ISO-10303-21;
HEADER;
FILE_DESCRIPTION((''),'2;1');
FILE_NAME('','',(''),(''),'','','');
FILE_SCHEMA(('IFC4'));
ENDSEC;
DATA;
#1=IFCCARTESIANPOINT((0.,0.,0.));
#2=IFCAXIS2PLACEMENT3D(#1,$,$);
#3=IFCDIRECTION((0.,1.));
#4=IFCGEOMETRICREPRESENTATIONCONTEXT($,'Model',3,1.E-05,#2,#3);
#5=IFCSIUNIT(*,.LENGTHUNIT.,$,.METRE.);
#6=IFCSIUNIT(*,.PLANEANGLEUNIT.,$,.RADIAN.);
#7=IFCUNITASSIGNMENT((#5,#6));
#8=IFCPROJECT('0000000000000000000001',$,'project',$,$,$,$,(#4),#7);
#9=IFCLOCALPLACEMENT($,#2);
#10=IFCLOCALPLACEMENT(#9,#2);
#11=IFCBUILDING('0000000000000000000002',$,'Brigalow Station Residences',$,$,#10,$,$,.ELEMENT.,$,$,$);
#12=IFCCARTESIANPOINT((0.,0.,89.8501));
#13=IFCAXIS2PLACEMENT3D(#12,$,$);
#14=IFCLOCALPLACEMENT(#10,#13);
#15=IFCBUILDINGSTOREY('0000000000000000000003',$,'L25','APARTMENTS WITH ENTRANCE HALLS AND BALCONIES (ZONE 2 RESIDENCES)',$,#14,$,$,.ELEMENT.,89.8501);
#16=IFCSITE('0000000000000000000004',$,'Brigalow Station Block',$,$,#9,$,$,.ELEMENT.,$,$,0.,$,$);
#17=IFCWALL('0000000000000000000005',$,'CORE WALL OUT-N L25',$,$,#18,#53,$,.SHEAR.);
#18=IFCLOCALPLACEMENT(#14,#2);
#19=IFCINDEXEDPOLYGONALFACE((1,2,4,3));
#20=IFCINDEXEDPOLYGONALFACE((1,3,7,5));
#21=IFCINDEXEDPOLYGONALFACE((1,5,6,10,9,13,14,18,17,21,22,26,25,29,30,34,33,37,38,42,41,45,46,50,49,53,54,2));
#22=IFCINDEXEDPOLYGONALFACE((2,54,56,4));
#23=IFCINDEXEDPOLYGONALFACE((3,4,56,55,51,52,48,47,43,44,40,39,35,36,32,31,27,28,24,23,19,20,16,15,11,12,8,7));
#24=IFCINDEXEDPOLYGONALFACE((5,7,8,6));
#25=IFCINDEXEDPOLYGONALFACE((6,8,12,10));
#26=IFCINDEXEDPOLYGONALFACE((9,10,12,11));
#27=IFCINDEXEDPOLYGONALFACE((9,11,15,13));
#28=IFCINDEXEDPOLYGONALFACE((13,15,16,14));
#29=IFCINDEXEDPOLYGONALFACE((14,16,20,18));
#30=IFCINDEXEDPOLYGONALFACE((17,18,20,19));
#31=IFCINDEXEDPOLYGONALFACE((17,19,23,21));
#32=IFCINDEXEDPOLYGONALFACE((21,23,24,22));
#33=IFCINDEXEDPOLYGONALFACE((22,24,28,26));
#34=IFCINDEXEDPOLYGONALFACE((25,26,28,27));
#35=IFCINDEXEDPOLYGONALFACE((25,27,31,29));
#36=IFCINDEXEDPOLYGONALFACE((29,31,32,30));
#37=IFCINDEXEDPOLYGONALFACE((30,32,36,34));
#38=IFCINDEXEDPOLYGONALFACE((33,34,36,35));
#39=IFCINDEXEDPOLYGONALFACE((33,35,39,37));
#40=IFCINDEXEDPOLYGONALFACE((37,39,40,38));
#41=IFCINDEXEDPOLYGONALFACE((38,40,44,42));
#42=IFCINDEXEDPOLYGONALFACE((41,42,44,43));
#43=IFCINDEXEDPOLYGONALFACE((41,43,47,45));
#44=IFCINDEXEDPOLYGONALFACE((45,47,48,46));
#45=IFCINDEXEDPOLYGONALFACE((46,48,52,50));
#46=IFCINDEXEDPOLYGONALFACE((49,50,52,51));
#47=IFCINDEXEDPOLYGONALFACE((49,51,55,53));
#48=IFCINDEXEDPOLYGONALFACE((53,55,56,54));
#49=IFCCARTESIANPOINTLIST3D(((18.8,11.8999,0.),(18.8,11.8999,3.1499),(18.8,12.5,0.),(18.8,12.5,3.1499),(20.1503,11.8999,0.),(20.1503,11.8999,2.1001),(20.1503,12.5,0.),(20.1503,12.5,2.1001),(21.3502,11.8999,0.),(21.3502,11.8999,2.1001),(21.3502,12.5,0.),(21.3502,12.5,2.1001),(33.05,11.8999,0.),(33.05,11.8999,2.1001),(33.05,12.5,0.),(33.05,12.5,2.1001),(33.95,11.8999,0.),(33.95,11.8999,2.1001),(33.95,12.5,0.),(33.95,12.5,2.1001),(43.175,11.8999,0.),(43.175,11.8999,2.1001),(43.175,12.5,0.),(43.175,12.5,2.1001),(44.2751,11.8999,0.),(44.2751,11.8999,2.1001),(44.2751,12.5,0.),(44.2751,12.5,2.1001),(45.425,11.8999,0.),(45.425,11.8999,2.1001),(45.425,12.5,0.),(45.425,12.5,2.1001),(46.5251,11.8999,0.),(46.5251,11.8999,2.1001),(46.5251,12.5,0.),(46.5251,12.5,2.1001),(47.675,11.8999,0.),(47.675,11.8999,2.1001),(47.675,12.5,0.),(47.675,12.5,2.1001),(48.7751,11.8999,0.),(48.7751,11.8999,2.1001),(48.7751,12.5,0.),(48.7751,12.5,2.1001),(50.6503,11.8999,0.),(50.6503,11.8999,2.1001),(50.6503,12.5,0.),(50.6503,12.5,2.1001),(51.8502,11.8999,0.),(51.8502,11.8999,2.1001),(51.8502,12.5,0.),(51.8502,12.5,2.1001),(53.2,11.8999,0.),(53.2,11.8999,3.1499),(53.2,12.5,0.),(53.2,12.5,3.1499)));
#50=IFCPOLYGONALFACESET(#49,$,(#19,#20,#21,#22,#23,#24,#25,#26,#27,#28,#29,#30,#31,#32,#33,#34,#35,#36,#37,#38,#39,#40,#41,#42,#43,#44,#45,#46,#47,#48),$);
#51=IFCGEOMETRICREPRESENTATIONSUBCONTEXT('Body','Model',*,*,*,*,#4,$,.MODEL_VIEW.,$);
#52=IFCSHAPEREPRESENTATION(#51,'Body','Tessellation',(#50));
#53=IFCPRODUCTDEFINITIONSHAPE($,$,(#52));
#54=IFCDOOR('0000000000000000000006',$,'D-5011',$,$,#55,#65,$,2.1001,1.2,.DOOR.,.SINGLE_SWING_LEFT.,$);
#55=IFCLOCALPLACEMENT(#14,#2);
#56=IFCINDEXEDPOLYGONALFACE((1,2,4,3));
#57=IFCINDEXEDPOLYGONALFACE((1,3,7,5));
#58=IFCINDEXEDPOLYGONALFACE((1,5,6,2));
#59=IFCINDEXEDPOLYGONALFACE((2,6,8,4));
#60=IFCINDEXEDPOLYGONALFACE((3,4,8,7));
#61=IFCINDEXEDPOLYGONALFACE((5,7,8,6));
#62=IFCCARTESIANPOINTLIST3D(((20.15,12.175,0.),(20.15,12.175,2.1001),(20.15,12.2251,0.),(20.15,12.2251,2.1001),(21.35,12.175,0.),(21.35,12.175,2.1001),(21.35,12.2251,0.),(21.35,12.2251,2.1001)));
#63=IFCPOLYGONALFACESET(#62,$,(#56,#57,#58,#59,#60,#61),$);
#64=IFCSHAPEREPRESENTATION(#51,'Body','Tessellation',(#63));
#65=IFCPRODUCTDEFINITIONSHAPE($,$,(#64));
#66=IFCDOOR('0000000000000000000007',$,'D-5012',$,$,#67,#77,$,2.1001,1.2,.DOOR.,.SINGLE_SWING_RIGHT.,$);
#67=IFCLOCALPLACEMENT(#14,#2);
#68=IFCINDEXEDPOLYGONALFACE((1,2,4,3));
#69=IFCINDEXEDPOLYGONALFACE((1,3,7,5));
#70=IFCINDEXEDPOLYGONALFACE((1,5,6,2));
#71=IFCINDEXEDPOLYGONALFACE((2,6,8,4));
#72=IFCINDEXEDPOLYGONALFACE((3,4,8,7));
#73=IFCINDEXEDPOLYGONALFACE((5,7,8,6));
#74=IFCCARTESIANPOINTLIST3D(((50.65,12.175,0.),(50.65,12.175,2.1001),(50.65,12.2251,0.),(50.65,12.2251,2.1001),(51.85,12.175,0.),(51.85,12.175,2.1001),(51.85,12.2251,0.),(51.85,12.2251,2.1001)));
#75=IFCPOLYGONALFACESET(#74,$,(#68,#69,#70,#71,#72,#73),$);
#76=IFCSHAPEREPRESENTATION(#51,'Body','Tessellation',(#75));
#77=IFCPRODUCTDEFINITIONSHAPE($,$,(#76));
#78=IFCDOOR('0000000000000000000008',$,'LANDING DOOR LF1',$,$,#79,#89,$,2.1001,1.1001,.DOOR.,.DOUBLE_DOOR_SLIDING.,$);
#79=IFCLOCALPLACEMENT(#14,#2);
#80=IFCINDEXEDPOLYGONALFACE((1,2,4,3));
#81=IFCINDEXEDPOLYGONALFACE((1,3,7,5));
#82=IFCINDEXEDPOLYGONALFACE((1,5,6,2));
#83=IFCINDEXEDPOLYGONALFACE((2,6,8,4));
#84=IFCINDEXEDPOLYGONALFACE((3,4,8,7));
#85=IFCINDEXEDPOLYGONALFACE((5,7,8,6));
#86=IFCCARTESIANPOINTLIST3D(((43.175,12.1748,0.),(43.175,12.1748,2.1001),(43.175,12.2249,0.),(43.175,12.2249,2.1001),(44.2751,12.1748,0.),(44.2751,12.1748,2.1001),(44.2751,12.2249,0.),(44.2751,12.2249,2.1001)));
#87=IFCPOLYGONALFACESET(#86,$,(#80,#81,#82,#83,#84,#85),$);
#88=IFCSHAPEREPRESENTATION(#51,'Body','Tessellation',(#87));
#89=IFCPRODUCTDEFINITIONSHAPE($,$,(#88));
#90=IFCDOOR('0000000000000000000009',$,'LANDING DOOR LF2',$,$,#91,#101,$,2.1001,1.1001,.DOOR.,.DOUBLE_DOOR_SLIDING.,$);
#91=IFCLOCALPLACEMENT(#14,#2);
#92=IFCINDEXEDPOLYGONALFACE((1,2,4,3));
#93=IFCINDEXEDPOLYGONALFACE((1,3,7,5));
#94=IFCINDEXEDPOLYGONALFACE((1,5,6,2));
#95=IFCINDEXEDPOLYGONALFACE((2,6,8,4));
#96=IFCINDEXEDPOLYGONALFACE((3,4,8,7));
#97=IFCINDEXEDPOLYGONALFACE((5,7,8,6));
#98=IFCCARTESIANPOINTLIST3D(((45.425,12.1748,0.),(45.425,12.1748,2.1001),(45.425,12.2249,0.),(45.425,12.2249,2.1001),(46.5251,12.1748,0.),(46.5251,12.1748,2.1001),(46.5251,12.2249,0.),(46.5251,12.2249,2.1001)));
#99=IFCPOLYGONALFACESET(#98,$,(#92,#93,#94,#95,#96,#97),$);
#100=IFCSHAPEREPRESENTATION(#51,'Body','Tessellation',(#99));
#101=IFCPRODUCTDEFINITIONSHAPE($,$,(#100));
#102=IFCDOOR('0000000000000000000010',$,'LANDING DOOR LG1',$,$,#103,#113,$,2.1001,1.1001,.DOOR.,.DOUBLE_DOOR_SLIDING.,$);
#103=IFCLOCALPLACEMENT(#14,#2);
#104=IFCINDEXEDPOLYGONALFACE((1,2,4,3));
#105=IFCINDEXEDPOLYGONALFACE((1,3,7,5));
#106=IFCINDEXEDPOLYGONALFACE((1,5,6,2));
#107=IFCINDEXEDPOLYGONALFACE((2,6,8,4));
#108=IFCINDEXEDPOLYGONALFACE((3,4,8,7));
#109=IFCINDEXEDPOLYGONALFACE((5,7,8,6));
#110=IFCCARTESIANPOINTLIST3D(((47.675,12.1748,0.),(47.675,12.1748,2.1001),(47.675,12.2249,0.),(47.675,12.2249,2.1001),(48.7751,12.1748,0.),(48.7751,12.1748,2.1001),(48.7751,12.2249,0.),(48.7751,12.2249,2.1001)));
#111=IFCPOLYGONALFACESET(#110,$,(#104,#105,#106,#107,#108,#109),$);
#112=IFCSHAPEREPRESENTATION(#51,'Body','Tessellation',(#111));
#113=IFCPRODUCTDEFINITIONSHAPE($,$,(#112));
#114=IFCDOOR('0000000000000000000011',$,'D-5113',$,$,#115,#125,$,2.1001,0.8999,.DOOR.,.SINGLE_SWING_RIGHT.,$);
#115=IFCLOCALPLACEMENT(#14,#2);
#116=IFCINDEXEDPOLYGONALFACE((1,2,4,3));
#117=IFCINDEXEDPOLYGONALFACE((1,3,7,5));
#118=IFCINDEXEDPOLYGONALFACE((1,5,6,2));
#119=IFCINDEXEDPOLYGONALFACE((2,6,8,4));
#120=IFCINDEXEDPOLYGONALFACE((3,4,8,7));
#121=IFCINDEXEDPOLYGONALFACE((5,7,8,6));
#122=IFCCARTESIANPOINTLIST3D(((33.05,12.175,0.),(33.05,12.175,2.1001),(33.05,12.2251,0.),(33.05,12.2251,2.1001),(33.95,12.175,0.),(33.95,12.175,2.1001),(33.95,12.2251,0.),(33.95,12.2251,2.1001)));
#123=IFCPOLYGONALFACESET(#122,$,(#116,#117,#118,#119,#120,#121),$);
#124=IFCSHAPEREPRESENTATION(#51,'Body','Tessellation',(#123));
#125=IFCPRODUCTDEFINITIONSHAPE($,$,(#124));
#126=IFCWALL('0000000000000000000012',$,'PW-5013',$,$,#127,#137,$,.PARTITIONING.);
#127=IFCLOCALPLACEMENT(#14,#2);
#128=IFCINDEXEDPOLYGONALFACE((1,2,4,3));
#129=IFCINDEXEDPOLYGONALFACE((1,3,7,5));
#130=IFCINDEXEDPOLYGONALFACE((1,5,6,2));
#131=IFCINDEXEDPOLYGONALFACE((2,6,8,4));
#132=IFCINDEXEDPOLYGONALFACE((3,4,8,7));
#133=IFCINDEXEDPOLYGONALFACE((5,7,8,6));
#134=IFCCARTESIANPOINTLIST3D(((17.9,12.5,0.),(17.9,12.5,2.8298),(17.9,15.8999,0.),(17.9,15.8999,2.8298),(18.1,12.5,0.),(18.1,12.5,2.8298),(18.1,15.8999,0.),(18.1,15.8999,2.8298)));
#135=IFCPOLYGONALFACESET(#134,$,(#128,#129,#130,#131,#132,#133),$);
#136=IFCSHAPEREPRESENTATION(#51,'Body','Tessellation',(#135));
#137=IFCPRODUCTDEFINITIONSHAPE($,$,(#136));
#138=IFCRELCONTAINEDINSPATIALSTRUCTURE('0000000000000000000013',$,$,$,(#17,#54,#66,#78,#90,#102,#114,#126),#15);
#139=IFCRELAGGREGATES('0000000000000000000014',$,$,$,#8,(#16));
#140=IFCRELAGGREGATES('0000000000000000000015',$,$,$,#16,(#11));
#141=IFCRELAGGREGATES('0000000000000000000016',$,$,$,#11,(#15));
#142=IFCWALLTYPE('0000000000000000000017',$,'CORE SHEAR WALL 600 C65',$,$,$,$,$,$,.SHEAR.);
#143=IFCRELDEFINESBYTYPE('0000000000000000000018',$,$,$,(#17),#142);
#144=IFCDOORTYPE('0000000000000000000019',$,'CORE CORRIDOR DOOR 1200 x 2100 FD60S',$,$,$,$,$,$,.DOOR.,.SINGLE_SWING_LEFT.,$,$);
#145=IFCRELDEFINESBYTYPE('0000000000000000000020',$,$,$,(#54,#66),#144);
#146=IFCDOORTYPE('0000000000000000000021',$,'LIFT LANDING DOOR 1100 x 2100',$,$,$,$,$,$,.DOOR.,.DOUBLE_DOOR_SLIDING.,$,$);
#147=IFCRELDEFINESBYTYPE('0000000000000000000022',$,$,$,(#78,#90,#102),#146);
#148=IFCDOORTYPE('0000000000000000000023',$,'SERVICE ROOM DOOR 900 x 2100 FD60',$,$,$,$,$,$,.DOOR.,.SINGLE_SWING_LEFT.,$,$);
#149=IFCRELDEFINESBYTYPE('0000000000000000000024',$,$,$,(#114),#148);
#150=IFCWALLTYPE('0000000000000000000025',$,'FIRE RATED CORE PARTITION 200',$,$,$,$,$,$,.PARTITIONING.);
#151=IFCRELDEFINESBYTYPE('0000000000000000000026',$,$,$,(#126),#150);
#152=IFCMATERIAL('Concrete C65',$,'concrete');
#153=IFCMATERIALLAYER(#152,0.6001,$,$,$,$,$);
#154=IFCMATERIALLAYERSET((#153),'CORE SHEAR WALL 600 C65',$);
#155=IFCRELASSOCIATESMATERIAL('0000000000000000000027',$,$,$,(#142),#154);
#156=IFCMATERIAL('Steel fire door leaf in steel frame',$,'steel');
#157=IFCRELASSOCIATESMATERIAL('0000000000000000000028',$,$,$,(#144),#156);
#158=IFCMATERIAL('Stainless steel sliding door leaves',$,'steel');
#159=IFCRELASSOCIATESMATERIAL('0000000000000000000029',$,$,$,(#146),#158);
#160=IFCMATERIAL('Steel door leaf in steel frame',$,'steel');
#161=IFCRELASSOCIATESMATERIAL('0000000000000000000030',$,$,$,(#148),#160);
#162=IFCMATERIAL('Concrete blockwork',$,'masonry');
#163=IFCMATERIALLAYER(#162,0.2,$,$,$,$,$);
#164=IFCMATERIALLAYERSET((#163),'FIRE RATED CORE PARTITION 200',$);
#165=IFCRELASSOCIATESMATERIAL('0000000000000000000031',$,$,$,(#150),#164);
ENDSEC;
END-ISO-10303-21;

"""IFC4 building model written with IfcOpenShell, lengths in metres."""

from ifc_helpers import new_model, si_unit, direction, frame, frame_2d, origin, place, context, subcontext, project, spatial, rectangle, extrude, material, layer, layer_set, type_object, element, fill, save


model = new_model("IFC4")

# Units and contexts
model_context = context("Model", 3, precision=1e-05, world=origin(), true_north=direction((0.0, 1.0)))
body_context = subcontext(model_context, "Body", "Model", "MODEL_VIEW")
ifc_project = project(units=[si_unit("LENGTHUNIT", "METRE"), si_unit("PLANEANGLEUNIT", "RADIAN")], contexts=[model_context])

# Site, building, storey
site_placement = place(None, origin())
site = spatial("IfcSite", under=ifc_project, at=site_placement, Name="Brigalow Station Block", CompositionType="ELEMENT", RefElevation=0.0)
building_placement = place(site_placement, origin())
building = spatial("IfcBuilding", under=site, at=building_placement, Name="Brigalow Station Residences", CompositionType="ELEMENT")
storey_placement = place(building_placement, frame((0.0, 0.0, 89.8501)))
storey = spatial("IfcBuildingStorey", under=building, at=storey_placement, Name="L25", Description="APARTMENTS WITH ENTRANCE HALLS AND BALCONIES (ZONE 2 RESIDENCES)", CompositionType="ELEMENT", Elevation=89.8501)

# Wall, openings, doors
ifc_material_1 = material(Name="Concrete C65", Category="concrete")
ifc_layer_1 = layer(ifc_material_1, 0.6001)
ifc_layer_set_1 = layer_set([ifc_layer_1], Name="CORE SHEAR WALL 600 C65")
wall_type_1 = type_object("IfcWallType", Name="CORE SHEAR WALL 600 C65", PredefinedType="SHEAR", material=ifc_layer_set_1)
wall_1_placement = place(storey_placement, frame((18.8, 12.2, 0.0), z_axis=(0.0, 0.0, 1.0), x_axis=(1.0, 0.0, 0.0)))
wall_1 = element("IfcWall", 1, at=wall_1_placement, inside=storey, type_object=wall_type_1, Name="CORE WALL OUT-N L25", PredefinedType="SHEAR", context=body_context, shape_type="SweptSolid", body=[
    extrude(rectangle(XDim=34.3999, YDim=0.6001, at=frame_2d((17.2, 0.0))), origin(), (0.0, 0.0, 1.0), 3.1499),
])
opening_1_placement = place(wall_1_placement, frame((24.375, 0.0, 0.0)))
opening_1 = element("IfcOpeningElement", 2, at=opening_1_placement, cuts=wall_1, PredefinedType="OPENING", context=body_context, shape_type="SweptSolid", body=[
    extrude(rectangle(XDim=1.1001, YDim=2.1001, at=frame_2d((0.55, 1.05))), frame((0.0, 0.3101, 0.0), z_axis=(0.0, -1.0, 0.0), x_axis=(1.0, 0.0, 0.0)), (0.0, 0.0, 1.0), 0.6201),
])
opening_2_placement = place(wall_1_placement, frame((26.625, 0.0, 0.0)))
opening_2 = element("IfcOpeningElement", 3, at=opening_2_placement, cuts=wall_1, PredefinedType="OPENING", context=body_context, shape_type="SweptSolid", body=[
    extrude(rectangle(XDim=1.1001, YDim=2.1001, at=frame_2d((0.55, 1.05))), frame((0.0, 0.3101, 0.0), z_axis=(0.0, -1.0, 0.0), x_axis=(1.0, 0.0, 0.0)), (0.0, 0.0, 1.0), 0.6201),
])
opening_3_placement = place(wall_1_placement, frame((28.875, 0.0, 0.0)))
opening_3 = element("IfcOpeningElement", 4, at=opening_3_placement, cuts=wall_1, PredefinedType="OPENING", context=body_context, shape_type="SweptSolid", body=[
    extrude(rectangle(XDim=1.1001, YDim=2.1001, at=frame_2d((0.55, 1.05))), frame((0.0, 0.3101, 0.0), z_axis=(0.0, -1.0, 0.0), x_axis=(1.0, 0.0, 0.0)), (0.0, 0.0, 1.0), 0.6201),
])
opening_4_placement = place(wall_1_placement, frame((14.25, 0.0, 0.0)))
opening_4 = element("IfcOpeningElement", 5, at=opening_4_placement, cuts=wall_1, PredefinedType="OPENING", context=body_context, shape_type="SweptSolid", body=[
    extrude(rectangle(XDim=0.8999, YDim=2.1001, at=frame_2d((0.45, 1.05))), frame((0.0, 0.3101, 0.0), z_axis=(0.0, -1.0, 0.0), x_axis=(1.0, 0.0, 0.0)), (0.0, 0.0, 1.0), 0.6201),
])
opening_5_placement = place(wall_1_placement, frame((1.3501, 0.0, 0.0)))
opening_5 = element("IfcOpeningElement", 6, at=opening_5_placement, cuts=wall_1, PredefinedType="OPENING", context=body_context, shape_type="SweptSolid", body=[
    extrude(rectangle(XDim=1.2, YDim=2.1001, at=frame_2d((0.6001, 1.05))), frame((0.0, 0.3101, 0.0), z_axis=(0.0, -1.0, 0.0), x_axis=(1.0, 0.0, 0.0)), (0.0, 0.0, 1.0), 0.6201),
])
opening_6_placement = place(wall_1_placement, frame((31.8501, 0.0, 0.0)))
opening_6 = element("IfcOpeningElement", 7, at=opening_6_placement, cuts=wall_1, PredefinedType="OPENING", context=body_context, shape_type="SweptSolid", body=[
    extrude(rectangle(XDim=1.2, YDim=2.1001, at=frame_2d((0.6001, 1.05))), frame((0.0, 0.3101, 0.0), z_axis=(0.0, -1.0, 0.0), x_axis=(1.0, 0.0, 0.0)), (0.0, 0.0, 1.0), 0.6201),
])
ifc_material_2 = material(Name="Steel fire door leaf in steel frame", Category="steel")
door_type_1 = type_object("IfcDoorType", Name="CORE CORRIDOR DOOR 1200 x 2100 FD60S", OperationType="SINGLE_SWING_LEFT", PredefinedType="DOOR", material=ifc_material_2)
door_1_placement = place(opening_5_placement, frame((1.2, 0.0, 0.0), z_axis=(0.0, 0.0, 1.0), x_axis=(-1.0, 0.0, 0.0)))
door_1 = element("IfcDoor", 8, at=door_1_placement, inside=storey, type_object=door_type_1, Name="D-5011", OperationType="SINGLE_SWING_LEFT", OverallHeight=2.1001, OverallWidth=1.2, PredefinedType="DOOR", context=body_context, shape_type="SweptSolid", body=[
    extrude(rectangle(XDim=1.2, YDim=2.1001, at=frame_2d((0.6001, 1.05))), frame((0.0, 0.0249, 0.0), z_axis=(0.0, -1.0, 0.0), x_axis=(1.0, 0.0, 0.0)), (0.0, 0.0, 1.0), 0.05),
])
fill(opening_5, door_1)
door_2_placement = place(opening_6_placement, frame((1.2, 0.0, 0.0), z_axis=(0.0, 0.0, 1.0), x_axis=(-1.0, 0.0, 0.0)))
door_2 = element("IfcDoor", 9, at=door_2_placement, inside=storey, type_object=door_type_1, Name="D-5012", OperationType="SINGLE_SWING_RIGHT", OverallHeight=2.1001, OverallWidth=1.2, PredefinedType="DOOR", context=body_context, shape_type="SweptSolid", body=[
    extrude(rectangle(XDim=1.2, YDim=2.1001, at=frame_2d((0.6001, 1.05))), frame((0.0, 0.0249, 0.0), z_axis=(0.0, -1.0, 0.0), x_axis=(1.0, 0.0, 0.0)), (0.0, 0.0, 1.0), 0.05),
])
fill(opening_6, door_2)
ifc_material_3 = material(Name="Stainless steel sliding door leaves", Category="steel")
door_type_2 = type_object("IfcDoorType", Name="LIFT LANDING DOOR 1100 x 2100", OperationType="DOUBLE_DOOR_SLIDING", PredefinedType="DOOR", material=ifc_material_3)
door_3_placement = place(opening_1_placement, origin())
door_3 = element("IfcDoor", 10, at=door_3_placement, inside=storey, type_object=door_type_2, Name="LANDING DOOR LF1", OperationType="DOUBLE_DOOR_SLIDING", OverallHeight=2.1001, OverallWidth=1.1001, PredefinedType="DOOR", context=body_context, shape_type="SweptSolid", body=[
    extrude(rectangle(XDim=1.1001, YDim=2.1001, at=frame_2d((0.55, 1.05))), frame((0.0, 0.0249, 0.0), z_axis=(0.0, -1.0, 0.0), x_axis=(1.0, 0.0, 0.0)), (0.0, 0.0, 1.0), 0.05),
])
fill(opening_1, door_3)
door_4_placement = place(opening_2_placement, origin())
door_4 = element("IfcDoor", 11, at=door_4_placement, inside=storey, type_object=door_type_2, Name="LANDING DOOR LF2", OperationType="DOUBLE_DOOR_SLIDING", OverallHeight=2.1001, OverallWidth=1.1001, PredefinedType="DOOR", context=body_context, shape_type="SweptSolid", body=[
    extrude(rectangle(XDim=1.1001, YDim=2.1001, at=frame_2d((0.55, 1.05))), frame((0.0, 0.0249, 0.0), z_axis=(0.0, -1.0, 0.0), x_axis=(1.0, 0.0, 0.0)), (0.0, 0.0, 1.0), 0.05),
])
fill(opening_2, door_4)
door_5_placement = place(opening_3_placement, origin())
door_5 = element("IfcDoor", 12, at=door_5_placement, inside=storey, type_object=door_type_2, Name="LANDING DOOR LG1", OperationType="DOUBLE_DOOR_SLIDING", OverallHeight=2.1001, OverallWidth=1.1001, PredefinedType="DOOR", context=body_context, shape_type="SweptSolid", body=[
    extrude(rectangle(XDim=1.1001, YDim=2.1001, at=frame_2d((0.55, 1.05))), frame((0.0, 0.0249, 0.0), z_axis=(0.0, -1.0, 0.0), x_axis=(1.0, 0.0, 0.0)), (0.0, 0.0, 1.0), 0.05),
])
fill(opening_3, door_5)
ifc_material_4 = material(Name="Steel door leaf in steel frame", Category="steel")
door_type_3 = type_object("IfcDoorType", Name="SERVICE ROOM DOOR 900 x 2100 FD60", OperationType="SINGLE_SWING_LEFT", PredefinedType="DOOR", material=ifc_material_4)
door_6_placement = place(opening_4_placement, frame((0.8999, 0.0, 0.0), z_axis=(0.0, 0.0, 1.0), x_axis=(-1.0, 0.0, 0.0)))
door_6 = element("IfcDoor", 13, at=door_6_placement, inside=storey, type_object=door_type_3, Name="D-5113", OperationType="SINGLE_SWING_RIGHT", OverallHeight=2.1001, OverallWidth=0.8999, PredefinedType="DOOR", context=body_context, shape_type="SweptSolid", body=[
    extrude(rectangle(XDim=0.8999, YDim=2.1001, at=frame_2d((0.45, 1.05))), frame((0.0, 0.0249, 0.0), z_axis=(0.0, -1.0, 0.0), x_axis=(1.0, 0.0, 0.0)), (0.0, 0.0, 1.0), 0.05),
])
fill(opening_4, door_6)

# Wall
ifc_material_5 = material(Name="Concrete blockwork", Category="masonry")
ifc_layer_2 = layer(ifc_material_5, 0.2)
ifc_layer_set_2 = layer_set([ifc_layer_2], Name="FIRE RATED CORE PARTITION 200")
wall_type_2 = type_object("IfcWallType", Name="FIRE RATED CORE PARTITION 200", PredefinedType="PARTITIONING", material=ifc_layer_set_2)
wall_2_placement = place(storey_placement, frame((18.0, 12.5, 0.0), z_axis=(0.0, 0.0, 1.0), x_axis=(0.0, 1.0, 0.0)))
element("IfcWall", 14, at=wall_2_placement, inside=storey, type_object=wall_type_2, Name="PW-5013", PredefinedType="PARTITIONING", context=body_context, shape_type="SweptSolid", body=[
    extrude(rectangle(XDim=3.3999, YDim=0.2, at=frame_2d((1.7, 0.0))), origin(), (0.0, 0.0, 1.0), 2.8298),
])

save(model, "model.ifc")
